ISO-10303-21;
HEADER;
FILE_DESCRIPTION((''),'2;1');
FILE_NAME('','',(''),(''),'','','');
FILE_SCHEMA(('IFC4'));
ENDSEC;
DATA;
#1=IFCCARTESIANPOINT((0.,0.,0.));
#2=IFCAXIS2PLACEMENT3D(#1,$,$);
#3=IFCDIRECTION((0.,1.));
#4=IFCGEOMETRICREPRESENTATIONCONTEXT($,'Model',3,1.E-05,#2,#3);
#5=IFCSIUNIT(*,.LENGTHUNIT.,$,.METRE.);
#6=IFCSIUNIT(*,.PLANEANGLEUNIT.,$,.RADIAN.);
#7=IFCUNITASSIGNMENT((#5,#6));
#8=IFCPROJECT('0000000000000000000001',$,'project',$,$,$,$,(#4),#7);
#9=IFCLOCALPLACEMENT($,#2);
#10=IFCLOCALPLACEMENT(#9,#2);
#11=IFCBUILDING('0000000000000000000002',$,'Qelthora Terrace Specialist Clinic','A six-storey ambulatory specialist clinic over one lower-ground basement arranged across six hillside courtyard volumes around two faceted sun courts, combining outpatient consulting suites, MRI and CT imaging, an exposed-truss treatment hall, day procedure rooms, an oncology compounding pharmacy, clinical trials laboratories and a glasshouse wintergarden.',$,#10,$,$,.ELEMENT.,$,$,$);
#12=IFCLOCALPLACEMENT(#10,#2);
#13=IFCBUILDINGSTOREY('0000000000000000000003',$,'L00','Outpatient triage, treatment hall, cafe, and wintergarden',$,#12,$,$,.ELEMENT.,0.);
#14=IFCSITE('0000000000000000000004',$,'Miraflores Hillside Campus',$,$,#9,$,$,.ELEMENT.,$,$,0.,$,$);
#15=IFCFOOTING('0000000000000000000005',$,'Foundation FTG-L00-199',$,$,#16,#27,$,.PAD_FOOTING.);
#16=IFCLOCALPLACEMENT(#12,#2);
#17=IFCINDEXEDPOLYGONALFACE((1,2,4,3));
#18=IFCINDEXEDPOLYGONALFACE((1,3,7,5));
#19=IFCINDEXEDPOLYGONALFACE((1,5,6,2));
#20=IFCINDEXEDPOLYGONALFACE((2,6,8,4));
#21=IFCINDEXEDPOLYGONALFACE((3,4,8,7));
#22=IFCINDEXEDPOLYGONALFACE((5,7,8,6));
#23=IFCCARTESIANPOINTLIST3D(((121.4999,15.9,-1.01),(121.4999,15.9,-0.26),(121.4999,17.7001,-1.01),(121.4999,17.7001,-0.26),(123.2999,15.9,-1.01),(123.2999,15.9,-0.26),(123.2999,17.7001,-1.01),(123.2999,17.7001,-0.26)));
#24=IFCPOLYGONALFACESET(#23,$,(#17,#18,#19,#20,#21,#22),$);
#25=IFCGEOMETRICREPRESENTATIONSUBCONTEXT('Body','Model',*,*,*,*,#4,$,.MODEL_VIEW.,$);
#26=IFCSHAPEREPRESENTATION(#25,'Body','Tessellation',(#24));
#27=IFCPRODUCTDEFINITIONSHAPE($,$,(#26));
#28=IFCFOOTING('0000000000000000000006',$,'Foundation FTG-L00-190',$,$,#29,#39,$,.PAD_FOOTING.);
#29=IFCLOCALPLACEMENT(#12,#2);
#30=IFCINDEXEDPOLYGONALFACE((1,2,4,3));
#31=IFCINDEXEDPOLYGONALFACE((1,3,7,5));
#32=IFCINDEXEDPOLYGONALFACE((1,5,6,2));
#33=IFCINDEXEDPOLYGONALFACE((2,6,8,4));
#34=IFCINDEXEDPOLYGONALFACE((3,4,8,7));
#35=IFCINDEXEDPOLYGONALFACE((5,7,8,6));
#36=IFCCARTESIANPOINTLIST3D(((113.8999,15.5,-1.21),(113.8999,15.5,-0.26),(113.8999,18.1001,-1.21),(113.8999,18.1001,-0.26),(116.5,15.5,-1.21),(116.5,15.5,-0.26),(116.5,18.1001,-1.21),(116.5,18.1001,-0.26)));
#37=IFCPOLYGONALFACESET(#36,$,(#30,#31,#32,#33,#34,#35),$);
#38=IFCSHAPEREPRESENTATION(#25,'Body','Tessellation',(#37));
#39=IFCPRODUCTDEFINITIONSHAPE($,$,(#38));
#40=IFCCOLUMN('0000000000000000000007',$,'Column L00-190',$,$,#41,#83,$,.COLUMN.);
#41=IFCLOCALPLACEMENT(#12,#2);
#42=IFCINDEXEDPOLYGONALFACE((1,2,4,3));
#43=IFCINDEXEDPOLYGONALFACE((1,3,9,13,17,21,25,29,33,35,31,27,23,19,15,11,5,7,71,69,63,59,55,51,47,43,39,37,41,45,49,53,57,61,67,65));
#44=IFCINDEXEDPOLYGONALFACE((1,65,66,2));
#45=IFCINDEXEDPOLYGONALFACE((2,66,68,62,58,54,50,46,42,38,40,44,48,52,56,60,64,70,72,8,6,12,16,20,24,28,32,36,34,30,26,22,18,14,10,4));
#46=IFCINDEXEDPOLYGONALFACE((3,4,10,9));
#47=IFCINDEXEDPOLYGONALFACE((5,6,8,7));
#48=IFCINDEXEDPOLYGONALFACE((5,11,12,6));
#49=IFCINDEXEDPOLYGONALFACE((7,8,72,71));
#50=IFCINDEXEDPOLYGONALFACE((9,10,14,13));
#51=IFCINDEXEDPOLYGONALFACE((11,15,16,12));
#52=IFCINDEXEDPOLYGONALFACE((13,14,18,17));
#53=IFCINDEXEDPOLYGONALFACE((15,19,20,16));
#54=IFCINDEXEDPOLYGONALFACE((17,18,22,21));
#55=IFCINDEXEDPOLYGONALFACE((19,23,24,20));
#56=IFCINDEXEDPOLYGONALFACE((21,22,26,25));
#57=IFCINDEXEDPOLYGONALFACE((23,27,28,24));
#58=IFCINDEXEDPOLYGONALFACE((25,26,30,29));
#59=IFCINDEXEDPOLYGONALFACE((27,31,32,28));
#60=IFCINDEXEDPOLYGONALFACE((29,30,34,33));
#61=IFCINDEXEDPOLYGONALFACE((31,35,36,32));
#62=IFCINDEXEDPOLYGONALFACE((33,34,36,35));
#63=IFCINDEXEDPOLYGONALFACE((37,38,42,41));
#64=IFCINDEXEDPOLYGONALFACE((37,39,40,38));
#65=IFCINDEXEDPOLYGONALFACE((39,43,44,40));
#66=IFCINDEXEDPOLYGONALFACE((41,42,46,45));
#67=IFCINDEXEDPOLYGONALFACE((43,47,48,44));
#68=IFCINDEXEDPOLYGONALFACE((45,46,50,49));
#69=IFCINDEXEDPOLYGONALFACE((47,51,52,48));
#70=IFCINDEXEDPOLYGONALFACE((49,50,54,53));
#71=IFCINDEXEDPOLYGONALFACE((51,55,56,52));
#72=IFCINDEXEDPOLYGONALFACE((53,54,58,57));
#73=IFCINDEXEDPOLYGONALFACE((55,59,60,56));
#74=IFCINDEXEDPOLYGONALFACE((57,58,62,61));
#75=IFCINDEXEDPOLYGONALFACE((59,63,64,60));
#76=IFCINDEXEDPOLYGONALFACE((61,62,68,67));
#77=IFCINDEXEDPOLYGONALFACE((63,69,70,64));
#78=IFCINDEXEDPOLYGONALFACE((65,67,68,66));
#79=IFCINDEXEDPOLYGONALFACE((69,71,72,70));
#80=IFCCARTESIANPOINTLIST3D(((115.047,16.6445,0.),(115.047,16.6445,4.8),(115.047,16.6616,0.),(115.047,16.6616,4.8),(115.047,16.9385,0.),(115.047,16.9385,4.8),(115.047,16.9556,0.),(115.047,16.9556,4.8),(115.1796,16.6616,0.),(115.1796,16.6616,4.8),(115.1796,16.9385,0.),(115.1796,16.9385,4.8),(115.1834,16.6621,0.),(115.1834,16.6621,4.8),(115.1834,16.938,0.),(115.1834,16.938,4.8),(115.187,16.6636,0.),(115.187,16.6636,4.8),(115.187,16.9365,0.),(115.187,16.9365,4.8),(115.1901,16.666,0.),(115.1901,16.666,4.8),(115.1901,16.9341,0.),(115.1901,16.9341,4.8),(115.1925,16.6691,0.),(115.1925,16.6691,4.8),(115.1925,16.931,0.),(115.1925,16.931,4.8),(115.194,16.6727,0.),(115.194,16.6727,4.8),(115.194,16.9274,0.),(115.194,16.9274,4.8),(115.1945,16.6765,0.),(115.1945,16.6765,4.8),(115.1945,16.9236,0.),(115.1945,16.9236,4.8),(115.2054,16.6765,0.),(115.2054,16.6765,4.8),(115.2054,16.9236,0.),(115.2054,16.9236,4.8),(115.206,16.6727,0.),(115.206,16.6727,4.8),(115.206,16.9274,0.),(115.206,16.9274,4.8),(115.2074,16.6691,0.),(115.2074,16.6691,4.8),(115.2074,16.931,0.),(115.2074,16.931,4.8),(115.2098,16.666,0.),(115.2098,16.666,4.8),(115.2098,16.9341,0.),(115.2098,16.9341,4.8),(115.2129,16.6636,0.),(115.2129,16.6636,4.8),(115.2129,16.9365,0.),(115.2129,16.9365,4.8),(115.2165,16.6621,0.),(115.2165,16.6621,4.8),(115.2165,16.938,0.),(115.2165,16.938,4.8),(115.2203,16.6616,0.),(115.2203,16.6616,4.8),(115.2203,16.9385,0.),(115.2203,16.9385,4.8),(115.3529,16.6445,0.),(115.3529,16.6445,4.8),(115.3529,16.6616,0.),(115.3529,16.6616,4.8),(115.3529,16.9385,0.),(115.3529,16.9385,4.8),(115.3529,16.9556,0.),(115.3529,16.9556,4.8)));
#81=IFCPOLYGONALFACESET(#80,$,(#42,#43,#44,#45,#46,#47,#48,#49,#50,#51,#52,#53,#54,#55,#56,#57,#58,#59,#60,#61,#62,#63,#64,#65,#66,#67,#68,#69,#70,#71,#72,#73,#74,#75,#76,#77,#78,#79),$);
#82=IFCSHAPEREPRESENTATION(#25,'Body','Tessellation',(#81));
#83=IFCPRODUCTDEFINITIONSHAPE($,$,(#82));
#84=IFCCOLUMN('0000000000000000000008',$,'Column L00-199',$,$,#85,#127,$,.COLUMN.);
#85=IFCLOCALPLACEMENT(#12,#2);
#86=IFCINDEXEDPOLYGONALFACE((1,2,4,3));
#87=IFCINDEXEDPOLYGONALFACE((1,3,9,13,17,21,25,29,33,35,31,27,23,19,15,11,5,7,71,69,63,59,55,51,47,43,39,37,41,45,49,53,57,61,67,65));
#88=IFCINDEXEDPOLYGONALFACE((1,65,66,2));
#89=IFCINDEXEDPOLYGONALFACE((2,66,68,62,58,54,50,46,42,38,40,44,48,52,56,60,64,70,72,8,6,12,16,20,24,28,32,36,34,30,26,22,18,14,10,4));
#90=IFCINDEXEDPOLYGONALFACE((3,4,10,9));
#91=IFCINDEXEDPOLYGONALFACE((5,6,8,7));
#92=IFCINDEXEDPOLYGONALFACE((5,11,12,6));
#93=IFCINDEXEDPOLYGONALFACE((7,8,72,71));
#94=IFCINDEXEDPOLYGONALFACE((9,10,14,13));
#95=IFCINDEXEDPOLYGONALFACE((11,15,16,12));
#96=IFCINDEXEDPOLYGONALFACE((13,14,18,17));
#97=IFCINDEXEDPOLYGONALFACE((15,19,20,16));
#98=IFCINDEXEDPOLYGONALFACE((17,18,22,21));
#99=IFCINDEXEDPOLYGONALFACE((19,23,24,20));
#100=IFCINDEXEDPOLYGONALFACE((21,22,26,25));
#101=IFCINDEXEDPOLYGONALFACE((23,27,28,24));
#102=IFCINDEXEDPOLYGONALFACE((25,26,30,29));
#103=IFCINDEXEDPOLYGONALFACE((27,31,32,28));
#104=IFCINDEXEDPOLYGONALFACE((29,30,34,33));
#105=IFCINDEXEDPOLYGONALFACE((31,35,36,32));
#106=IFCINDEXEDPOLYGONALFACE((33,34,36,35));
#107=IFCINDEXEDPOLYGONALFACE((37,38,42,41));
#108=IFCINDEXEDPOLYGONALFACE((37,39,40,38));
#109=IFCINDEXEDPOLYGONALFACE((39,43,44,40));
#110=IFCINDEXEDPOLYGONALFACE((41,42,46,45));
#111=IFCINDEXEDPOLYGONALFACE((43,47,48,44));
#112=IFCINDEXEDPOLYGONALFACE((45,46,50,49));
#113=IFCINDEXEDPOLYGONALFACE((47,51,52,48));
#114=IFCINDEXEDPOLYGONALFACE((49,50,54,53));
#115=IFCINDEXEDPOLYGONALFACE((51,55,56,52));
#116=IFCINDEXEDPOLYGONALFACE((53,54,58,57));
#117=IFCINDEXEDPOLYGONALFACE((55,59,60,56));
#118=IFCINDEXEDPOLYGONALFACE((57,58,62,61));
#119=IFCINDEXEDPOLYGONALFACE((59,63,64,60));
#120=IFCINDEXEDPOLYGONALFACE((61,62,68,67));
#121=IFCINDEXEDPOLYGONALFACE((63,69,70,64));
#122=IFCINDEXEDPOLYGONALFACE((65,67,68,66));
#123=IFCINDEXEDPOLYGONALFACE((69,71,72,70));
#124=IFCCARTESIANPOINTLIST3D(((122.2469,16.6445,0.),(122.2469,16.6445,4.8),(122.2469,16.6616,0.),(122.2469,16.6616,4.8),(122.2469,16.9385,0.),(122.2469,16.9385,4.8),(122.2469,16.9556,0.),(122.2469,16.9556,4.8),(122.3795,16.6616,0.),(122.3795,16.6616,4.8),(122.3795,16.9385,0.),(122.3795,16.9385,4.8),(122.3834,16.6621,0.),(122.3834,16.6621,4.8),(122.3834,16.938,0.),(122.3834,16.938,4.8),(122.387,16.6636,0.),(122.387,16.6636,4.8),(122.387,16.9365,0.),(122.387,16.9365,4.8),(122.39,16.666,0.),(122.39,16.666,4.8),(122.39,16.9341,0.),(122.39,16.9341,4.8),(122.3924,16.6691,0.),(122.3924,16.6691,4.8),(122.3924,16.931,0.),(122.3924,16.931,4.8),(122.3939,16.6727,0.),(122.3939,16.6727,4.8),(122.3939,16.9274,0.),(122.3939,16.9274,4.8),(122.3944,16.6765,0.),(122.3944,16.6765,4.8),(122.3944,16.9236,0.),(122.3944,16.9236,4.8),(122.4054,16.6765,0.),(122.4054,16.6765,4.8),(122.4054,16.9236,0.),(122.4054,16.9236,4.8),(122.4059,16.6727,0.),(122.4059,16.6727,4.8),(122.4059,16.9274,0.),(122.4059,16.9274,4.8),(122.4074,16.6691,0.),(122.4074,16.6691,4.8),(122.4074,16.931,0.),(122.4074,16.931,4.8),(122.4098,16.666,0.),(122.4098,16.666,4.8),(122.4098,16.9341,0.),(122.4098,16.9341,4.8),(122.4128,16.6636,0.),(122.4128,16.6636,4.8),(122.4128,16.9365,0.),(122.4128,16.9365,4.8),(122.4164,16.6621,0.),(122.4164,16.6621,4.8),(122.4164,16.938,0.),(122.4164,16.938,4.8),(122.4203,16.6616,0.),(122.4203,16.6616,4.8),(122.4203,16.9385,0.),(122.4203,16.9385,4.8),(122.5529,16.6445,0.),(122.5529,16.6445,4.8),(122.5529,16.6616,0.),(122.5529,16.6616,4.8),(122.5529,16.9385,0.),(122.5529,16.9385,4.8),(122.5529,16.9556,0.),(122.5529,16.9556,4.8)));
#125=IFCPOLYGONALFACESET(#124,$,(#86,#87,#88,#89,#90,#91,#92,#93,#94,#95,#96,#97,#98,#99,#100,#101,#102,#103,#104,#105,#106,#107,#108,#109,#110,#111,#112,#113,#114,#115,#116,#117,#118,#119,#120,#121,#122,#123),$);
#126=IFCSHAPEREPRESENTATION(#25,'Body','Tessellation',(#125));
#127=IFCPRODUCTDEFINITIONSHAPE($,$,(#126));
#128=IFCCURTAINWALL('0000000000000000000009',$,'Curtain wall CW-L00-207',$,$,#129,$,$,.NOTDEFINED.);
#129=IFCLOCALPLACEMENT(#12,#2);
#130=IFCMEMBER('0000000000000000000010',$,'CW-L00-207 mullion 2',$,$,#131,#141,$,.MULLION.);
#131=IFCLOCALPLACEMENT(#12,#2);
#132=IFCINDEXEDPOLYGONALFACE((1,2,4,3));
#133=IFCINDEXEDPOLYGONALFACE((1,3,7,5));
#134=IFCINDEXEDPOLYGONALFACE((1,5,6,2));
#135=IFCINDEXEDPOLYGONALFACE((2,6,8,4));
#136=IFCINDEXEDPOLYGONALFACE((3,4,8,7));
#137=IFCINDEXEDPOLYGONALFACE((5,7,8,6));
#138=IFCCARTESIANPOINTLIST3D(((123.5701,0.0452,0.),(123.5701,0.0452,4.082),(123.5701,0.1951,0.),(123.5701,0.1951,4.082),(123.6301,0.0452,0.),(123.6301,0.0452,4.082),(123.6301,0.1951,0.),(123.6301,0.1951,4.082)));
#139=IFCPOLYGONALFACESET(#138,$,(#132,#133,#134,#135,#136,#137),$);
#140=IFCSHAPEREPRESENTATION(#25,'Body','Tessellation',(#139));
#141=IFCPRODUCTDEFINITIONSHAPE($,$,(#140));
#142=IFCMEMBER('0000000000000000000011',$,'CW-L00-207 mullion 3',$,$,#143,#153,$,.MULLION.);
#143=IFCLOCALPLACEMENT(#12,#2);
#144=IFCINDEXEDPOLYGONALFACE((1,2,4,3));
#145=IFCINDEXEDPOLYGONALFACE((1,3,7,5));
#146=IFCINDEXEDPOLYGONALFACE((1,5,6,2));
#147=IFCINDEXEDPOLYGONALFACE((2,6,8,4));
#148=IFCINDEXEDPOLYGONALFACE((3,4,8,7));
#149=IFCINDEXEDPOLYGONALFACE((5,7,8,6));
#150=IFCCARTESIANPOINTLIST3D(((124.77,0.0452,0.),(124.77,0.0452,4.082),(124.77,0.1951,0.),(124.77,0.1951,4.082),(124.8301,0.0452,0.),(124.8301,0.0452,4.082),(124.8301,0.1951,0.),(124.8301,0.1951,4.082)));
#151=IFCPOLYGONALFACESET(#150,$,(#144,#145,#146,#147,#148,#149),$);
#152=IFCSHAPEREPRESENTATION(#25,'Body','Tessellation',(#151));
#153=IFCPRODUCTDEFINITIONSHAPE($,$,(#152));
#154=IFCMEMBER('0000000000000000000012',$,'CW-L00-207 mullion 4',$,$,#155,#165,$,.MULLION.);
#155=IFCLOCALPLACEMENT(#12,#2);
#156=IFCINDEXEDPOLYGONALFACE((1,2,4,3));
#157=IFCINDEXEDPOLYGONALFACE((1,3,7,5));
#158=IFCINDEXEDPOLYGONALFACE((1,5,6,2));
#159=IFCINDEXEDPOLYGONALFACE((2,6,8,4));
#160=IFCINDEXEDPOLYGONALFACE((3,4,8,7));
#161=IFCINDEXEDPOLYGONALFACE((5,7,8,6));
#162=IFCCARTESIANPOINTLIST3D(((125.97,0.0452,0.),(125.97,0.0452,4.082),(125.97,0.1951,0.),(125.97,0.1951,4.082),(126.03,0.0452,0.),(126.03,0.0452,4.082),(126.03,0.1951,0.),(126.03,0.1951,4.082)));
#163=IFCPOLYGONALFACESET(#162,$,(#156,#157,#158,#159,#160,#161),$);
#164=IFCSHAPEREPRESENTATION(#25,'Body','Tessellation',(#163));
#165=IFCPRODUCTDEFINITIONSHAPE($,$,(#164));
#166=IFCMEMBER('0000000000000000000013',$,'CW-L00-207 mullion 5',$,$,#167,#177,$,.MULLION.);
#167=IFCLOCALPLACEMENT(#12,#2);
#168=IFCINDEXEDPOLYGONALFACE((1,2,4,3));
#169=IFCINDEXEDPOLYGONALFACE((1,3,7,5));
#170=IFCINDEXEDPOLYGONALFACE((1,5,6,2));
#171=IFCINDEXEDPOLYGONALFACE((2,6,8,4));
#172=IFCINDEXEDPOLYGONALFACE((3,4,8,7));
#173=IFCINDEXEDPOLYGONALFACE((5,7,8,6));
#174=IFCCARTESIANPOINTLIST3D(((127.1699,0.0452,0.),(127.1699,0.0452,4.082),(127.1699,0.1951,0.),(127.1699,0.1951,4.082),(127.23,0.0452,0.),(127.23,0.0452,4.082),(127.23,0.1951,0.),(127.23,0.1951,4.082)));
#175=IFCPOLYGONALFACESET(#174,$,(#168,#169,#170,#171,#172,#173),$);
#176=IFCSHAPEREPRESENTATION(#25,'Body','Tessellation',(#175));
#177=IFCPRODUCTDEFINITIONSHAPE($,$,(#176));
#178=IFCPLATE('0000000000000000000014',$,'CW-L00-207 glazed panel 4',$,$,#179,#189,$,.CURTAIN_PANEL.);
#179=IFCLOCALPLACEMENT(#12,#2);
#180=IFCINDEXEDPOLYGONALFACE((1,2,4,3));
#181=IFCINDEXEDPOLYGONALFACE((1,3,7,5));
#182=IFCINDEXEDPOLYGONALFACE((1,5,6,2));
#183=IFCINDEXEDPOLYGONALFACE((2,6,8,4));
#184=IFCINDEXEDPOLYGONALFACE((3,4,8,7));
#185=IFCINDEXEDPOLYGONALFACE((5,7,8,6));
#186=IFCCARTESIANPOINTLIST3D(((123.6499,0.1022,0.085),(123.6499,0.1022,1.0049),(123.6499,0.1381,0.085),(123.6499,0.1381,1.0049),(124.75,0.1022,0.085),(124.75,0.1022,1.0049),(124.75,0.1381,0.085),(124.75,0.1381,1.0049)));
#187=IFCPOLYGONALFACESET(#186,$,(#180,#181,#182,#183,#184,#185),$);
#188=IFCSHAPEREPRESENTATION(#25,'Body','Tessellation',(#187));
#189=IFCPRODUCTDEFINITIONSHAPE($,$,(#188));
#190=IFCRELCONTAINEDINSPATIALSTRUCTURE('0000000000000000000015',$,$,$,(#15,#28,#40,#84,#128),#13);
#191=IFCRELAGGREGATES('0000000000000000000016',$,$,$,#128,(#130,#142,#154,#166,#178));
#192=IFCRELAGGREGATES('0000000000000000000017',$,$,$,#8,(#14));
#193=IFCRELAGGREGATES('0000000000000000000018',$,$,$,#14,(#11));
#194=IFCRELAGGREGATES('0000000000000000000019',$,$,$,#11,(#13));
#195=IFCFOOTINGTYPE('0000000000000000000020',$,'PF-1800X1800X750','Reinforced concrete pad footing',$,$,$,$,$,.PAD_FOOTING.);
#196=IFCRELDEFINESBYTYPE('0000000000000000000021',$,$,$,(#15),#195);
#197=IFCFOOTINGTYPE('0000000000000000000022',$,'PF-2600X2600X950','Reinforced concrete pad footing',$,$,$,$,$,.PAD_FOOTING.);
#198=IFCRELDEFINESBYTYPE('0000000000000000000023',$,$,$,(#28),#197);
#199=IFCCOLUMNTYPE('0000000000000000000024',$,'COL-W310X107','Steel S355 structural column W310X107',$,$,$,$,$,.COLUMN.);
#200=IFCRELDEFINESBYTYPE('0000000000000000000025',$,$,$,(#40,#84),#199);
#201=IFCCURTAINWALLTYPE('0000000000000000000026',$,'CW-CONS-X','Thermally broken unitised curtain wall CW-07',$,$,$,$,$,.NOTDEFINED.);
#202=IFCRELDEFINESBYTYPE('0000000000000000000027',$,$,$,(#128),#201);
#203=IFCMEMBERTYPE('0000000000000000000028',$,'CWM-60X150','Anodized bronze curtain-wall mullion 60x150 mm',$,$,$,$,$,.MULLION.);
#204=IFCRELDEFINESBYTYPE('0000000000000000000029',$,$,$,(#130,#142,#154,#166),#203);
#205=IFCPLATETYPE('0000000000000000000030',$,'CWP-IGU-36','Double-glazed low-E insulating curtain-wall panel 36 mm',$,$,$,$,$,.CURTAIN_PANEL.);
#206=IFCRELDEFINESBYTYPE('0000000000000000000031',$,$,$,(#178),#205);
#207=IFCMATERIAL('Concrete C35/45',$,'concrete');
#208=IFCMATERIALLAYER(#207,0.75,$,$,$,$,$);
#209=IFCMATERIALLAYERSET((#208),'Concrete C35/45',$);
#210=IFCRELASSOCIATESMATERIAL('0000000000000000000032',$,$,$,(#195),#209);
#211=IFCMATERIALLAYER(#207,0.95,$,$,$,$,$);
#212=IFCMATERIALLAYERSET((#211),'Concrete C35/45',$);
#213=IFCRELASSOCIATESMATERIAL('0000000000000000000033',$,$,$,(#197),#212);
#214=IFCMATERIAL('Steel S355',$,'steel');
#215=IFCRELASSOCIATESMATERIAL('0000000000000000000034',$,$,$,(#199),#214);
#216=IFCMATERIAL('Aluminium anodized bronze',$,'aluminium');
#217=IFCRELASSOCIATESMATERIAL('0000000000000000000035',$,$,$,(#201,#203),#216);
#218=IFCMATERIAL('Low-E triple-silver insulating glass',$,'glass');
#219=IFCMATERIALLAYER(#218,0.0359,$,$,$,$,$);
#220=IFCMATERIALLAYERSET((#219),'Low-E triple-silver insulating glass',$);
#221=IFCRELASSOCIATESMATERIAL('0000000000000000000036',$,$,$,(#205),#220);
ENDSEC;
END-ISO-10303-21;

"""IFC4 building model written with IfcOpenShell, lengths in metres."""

from ifc_helpers import new_model, si_unit, direction, frame, origin, origin_2d, place, context, subcontext, project, spatial, rectangle, i_section, extrude, material, layer, layer_set, material_profile, profile_set, type_object, element, aggregate, save


model = new_model("IFC4")

# Units and contexts
model_context = context("Model", 3, precision=1e-05, world=origin(), true_north=direction((0.0, 1.0)))
body_context = subcontext(model_context, "Body", "Model", "MODEL_VIEW")
ifc_project = project(units=[si_unit("LENGTHUNIT", "METRE"), si_unit("PLANEANGLEUNIT", "RADIAN")], contexts=[model_context])

# Site, building, storey
site_placement = place(None, origin())
site = spatial("IfcSite", under=ifc_project, at=site_placement, Name="Miraflores Hillside Campus", CompositionType="ELEMENT", RefElevation=0.0)
building_placement = place(site_placement, origin())
building = spatial("IfcBuilding", under=site, at=building_placement, Name="Qelthora Terrace Specialist Clinic", Description="A six-storey ambulatory specialist clinic over one lower-ground basement arranged across six hillside courtyard volumes around two faceted sun courts, combining outpatient consulting suites, MRI and CT imaging, an exposed-truss treatment hall, day procedure rooms, an oncology compounding pharmacy, clinical trials laboratories and a glasshouse wintergarden.", CompositionType="ELEMENT")
storey_placement = place(building_placement, origin())
storey = spatial("IfcBuildingStorey", under=building, at=storey_placement, Name="L00", Description="Outpatient triage, treatment hall, cafe, and wintergarden", CompositionType="ELEMENT", Elevation=0.0)

# Footings
ifc_material_1 = material(Name="Concrete C35/45", Category="concrete")
ifc_layer_1 = layer(ifc_material_1, 0.75)
ifc_layer_set_1 = layer_set([ifc_layer_1], Name="Concrete C35/45")
footing_type_1 = type_object("IfcFootingType", Name="PF-1800X1800X750", Description="Reinforced concrete pad footing", PredefinedType="PAD_FOOTING", material=ifc_layer_set_1)
footing_1_placement = place(storey_placement, frame((122.3999, 16.8, -1.01), z_axis=(0.0, 0.0, 1.0), x_axis=(1.0, 0.0, 0.0)))
element("IfcFooting", 1, at=footing_1_placement, inside=storey, type_object=footing_type_1, Name="Foundation FTG-L00-199", PredefinedType="PAD_FOOTING", context=body_context, shape_type="SweptSolid", body=[
    extrude(rectangle(XDim=1.8, YDim=1.8, at=origin_2d()), origin(), (0.0, 0.0, 1.0), 0.75),
])
ifc_layer_2 = layer(ifc_material_1, 0.95)
ifc_layer_set_2 = layer_set([ifc_layer_2], Name="Concrete C35/45")
footing_type_2 = type_object("IfcFootingType", Name="PF-2600X2600X950", Description="Reinforced concrete pad footing", PredefinedType="PAD_FOOTING", material=ifc_layer_set_2)
footing_2_placement = place(storey_placement, frame((115.2, 16.8, -1.21), z_axis=(0.0, 0.0, 1.0), x_axis=(1.0, 0.0, 0.0)))
element("IfcFooting", 2, at=footing_2_placement, inside=storey, type_object=footing_type_2, Name="Foundation FTG-L00-190", PredefinedType="PAD_FOOTING", context=body_context, shape_type="SweptSolid", body=[
    extrude(rectangle(XDim=2.6001, YDim=2.6001, at=origin_2d()), origin(), (0.0, 0.0, 1.0), 0.95),
])

# Columns
ifc_material_2 = material(Name="Steel S355", Category="steel")
ifc_material_profile_1 = material_profile(ifc_material_2, i_section(OverallWidth=0.3059, OverallDepth=0.311, WebThickness=0.011, FlangeThickness=0.0171, FilletRadius=0.0149, at=origin_2d()), Name="W310X107")
ifc_profile_set_1 = profile_set([ifc_material_profile_1], Name="Steel S355")
column_type = type_object("IfcColumnType", Name="COL-W310X107", Description="Steel S355 structural column W310X107", PredefinedType="COLUMN", material=ifc_profile_set_1)
for number, where, z_axis, x_axis, name in (
    (3, (115.2, 16.8, 0.0), (0.0, 0.0, 1.0), (1.0, 0.0, 0.0), "Column L00-190"),
    (4, (122.3999, 16.8, 0.0), (0.0, 0.0, 1.0), (1.0, 0.0, 0.0), "Column L00-199"),
):
    element("IfcColumn", number, at=place(storey_placement, frame(where, z_axis=z_axis, x_axis=x_axis)), inside=storey, type_object=column_type, Name=name, PredefinedType="COLUMN", context=body_context, shape_type="SweptSolid", body=[
        extrude(i_section(OverallWidth=0.3059, OverallDepth=0.311, WebThickness=0.011, FlangeThickness=0.0171, FilletRadius=0.0149, at=origin_2d()), origin(), (0.0, 0.0, 1.0), 4.8),
    ])

# Curtain wall, members, plate
ifc_material_3 = material(Name="Aluminium anodized bronze", Category="aluminium")
curtain_wall_type = type_object("IfcCurtainWallType", Name="CW-CONS-X", Description="Thermally broken unitised curtain wall CW-07", PredefinedType="NOTDEFINED", material=ifc_material_3)
curtain_wall_placement = place(storey_placement, origin())
curtain_wall = element("IfcCurtainWall", 5, at=curtain_wall_placement, inside=storey, type_object=curtain_wall_type, Name="Curtain wall CW-L00-207", PredefinedType="NOTDEFINED")
ifc_material_profile_2 = material_profile(ifc_material_3, rectangle(XDim=0.0601, YDim=0.1499, at=origin_2d()), Name="CWM60X150")
ifc_profile_set_2 = profile_set([ifc_material_profile_2], Name="Aluminium anodized bronze")
member_type = type_object("IfcMemberType", Name="CWM-60X150", Description="Anodized bronze curtain-wall mullion 60x150 mm", PredefinedType="MULLION", material=ifc_profile_set_2)
member_1_placement = place(storey_placement, frame((123.6001, 0.1201, 0.0), z_axis=(0.0, 0.0, 1.0), x_axis=(1.0, 0.0, 0.0)))
member_1 = element("IfcMember", 6, at=member_1_placement, type_object=member_type, Name="CW-L00-207 mullion 2", PredefinedType="MULLION", context=body_context, shape_type="SweptSolid", body=[
    extrude(rectangle(XDim=0.0601, YDim=0.1499, at=origin_2d()), origin(), (0.0, 0.0, 1.0), 4.082),
])
member_2_placement = place(storey_placement, frame((124.8, 0.1201, 0.0), z_axis=(0.0, 0.0, 1.0), x_axis=(1.0, 0.0, 0.0)))
member_2 = element("IfcMember", 7, at=member_2_placement, type_object=member_type, Name="CW-L00-207 mullion 3", PredefinedType="MULLION", context=body_context, shape_type="SweptSolid", body=[
    extrude(rectangle(XDim=0.0601, YDim=0.1499, at=origin_2d()), origin(), (0.0, 0.0, 1.0), 4.082),
])
member_3_placement = place(storey_placement, frame((126.0, 0.1201, 0.0), z_axis=(0.0, 0.0, 1.0), x_axis=(1.0, 0.0, 0.0)))
member_3 = element("IfcMember", 8, at=member_3_placement, type_object=member_type, Name="CW-L00-207 mullion 4", PredefinedType="MULLION", context=body_context, shape_type="SweptSolid", body=[
    extrude(rectangle(XDim=0.0601, YDim=0.1499, at=origin_2d()), origin(), (0.0, 0.0, 1.0), 4.082),
])
member_4_placement = place(storey_placement, frame((127.2, 0.1201, 0.0), z_axis=(0.0, 0.0, 1.0), x_axis=(1.0, 0.0, 0.0)))
member_4 = element("IfcMember", 9, at=member_4_placement, type_object=member_type, Name="CW-L00-207 mullion 5", PredefinedType="MULLION", context=body_context, shape_type="SweptSolid", body=[
    extrude(rectangle(XDim=0.0601, YDim=0.1499, at=origin_2d()), origin(), (0.0, 0.0, 1.0), 4.082),
])
ifc_material_4 = material(Name="Low-E triple-silver insulating glass", Category="glass")
ifc_layer_3 = layer(ifc_material_4, 0.0359)
ifc_layer_set_3 = layer_set([ifc_layer_3], Name="Low-E triple-silver insulating glass")
plate_type_1 = type_object("IfcPlateType", Name="CWP-IGU-36", Description="Double-glazed low-E insulating curtain-wall panel 36 mm", PredefinedType="CURTAIN_PANEL", material=ifc_layer_set_3)
plate_1_placement = place(storey_placement, frame((124.2, 0.1201, 0.085), z_axis=(0.0, 0.0, 1.0), x_axis=(1.0, 0.0, 0.0)))
plate_1 = element("IfcPlate", 10, at=plate_1_placement, type_object=plate_type_1, Name="CW-L00-207 glazed panel 4", PredefinedType="CURTAIN_PANEL", context=body_context, shape_type="SweptSolid", body=[
    extrude(rectangle(XDim=1.1001, YDim=0.0359, at=origin_2d()), origin(), (0.0, 0.0, 1.0), 0.9199),
])
aggregate(curtain_wall, [member_1, member_2, member_3, member_4, plate_1])

save(model, "model.ifc")
